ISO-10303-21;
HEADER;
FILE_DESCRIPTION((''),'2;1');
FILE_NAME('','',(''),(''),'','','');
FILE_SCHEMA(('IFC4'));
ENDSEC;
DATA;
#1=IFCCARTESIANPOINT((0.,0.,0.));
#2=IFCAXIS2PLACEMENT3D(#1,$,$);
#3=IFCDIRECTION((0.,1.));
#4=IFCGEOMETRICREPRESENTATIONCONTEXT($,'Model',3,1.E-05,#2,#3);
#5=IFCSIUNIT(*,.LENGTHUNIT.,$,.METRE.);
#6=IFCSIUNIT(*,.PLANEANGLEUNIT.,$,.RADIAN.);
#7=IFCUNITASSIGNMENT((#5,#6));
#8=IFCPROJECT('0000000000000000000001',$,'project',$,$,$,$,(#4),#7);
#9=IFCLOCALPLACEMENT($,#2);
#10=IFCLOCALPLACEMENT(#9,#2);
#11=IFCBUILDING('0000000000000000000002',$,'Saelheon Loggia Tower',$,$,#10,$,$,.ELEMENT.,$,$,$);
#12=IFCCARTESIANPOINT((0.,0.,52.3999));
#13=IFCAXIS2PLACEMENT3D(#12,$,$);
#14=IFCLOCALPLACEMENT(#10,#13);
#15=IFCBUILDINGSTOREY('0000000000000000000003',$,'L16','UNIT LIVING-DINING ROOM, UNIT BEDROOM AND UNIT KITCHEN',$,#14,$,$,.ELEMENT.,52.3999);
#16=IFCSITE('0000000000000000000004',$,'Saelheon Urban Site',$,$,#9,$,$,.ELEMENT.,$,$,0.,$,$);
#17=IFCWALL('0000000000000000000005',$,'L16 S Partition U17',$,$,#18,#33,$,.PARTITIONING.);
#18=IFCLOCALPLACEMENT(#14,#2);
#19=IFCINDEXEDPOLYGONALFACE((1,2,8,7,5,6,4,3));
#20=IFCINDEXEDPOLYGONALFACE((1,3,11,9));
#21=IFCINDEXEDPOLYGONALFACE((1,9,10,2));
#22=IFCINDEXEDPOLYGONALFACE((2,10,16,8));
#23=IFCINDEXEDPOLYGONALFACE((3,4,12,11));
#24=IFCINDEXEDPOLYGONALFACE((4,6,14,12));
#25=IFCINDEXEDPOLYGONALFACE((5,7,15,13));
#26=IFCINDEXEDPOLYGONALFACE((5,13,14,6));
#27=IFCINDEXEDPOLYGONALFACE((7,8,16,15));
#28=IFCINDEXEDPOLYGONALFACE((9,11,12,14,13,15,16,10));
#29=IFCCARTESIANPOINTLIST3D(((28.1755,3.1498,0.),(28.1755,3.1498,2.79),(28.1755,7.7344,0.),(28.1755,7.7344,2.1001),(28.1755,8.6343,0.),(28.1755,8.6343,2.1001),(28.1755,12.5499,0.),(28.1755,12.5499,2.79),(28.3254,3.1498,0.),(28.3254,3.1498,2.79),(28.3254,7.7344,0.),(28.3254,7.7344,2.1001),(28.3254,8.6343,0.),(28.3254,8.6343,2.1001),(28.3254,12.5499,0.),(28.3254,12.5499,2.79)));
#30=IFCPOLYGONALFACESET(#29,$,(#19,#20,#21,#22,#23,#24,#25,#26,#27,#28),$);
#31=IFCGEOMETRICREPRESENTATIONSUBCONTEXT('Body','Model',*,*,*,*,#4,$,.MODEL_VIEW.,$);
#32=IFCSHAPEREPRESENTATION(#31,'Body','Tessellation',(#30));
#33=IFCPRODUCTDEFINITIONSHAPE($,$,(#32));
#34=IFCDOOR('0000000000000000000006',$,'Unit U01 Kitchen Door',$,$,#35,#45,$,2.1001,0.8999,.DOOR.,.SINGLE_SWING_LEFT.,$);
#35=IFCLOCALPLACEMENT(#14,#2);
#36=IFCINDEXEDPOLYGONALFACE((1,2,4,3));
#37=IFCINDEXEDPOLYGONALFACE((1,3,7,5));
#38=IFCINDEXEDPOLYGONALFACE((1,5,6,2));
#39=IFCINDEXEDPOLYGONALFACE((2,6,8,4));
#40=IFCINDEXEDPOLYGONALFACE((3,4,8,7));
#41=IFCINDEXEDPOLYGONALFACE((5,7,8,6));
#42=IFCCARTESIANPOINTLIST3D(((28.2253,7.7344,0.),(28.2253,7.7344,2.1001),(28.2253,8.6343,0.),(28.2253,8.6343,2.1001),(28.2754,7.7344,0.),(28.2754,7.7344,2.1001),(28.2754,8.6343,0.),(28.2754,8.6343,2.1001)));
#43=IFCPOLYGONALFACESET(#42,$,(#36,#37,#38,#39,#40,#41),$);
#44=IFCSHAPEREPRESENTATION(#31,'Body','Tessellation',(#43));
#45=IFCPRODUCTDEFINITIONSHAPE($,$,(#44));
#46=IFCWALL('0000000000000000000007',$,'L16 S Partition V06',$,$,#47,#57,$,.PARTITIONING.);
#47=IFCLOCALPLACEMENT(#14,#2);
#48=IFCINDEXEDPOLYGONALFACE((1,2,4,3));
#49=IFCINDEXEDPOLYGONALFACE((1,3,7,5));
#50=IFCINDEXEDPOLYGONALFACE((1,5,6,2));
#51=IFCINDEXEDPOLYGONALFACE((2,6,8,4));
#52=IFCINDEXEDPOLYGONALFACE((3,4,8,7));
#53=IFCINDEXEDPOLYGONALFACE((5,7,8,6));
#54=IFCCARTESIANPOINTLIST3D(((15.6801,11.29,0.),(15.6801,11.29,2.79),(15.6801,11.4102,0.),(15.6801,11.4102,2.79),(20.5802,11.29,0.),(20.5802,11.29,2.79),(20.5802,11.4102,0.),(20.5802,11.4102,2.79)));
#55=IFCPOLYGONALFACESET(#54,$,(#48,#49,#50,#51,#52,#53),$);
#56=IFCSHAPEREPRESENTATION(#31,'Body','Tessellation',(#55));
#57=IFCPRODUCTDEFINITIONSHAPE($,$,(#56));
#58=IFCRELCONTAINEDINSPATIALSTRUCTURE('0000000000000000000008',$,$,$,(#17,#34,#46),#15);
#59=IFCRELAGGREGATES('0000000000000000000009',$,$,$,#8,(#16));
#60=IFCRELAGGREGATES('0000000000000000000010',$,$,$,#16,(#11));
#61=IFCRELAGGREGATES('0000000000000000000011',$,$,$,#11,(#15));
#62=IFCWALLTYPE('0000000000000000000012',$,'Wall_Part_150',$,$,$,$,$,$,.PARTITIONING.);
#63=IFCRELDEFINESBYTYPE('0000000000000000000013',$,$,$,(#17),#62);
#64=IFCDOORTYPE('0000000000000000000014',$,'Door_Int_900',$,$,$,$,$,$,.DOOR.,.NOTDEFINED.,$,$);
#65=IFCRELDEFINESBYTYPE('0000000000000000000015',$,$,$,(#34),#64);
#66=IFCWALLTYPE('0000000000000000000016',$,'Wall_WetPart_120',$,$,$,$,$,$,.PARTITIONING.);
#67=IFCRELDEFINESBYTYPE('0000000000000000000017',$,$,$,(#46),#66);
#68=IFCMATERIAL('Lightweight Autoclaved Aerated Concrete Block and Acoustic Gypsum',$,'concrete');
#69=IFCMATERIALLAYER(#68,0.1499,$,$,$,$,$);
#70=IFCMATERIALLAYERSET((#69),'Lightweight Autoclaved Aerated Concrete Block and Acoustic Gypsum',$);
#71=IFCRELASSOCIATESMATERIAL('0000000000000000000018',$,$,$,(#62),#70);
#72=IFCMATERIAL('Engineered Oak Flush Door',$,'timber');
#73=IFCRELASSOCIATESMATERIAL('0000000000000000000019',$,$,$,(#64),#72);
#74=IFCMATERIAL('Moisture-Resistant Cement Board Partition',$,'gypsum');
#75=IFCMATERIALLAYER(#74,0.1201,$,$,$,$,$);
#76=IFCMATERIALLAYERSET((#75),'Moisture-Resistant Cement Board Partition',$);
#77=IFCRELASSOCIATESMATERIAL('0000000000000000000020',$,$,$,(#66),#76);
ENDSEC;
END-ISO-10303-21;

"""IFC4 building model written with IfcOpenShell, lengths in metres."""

from ifc_helpers import new_model, si_unit, direction, frame, frame_2d, origin, place, context, subcontext, project, spatial, rectangle, extrude, source, transform, mapped, material, layer, layer_set, type_object, element, fill, save


model = new_model("IFC4")

# Units and contexts
model_context = context("Model", 3, precision=1e-05, world=origin(), true_north=direction((0.0, 1.0)))
body_context = subcontext(model_context, "Body", "Model", "MODEL_VIEW")
ifc_project = project(units=[si_unit("LENGTHUNIT", "METRE"), si_unit("PLANEANGLEUNIT", "RADIAN")], contexts=[model_context])

# Site, building, storey
site_placement = place(None, origin())
site = spatial("IfcSite", under=ifc_project, at=site_placement, Name="Saelheon Urban Site", CompositionType="ELEMENT", RefElevation=0.0)
building_placement = place(site_placement, origin())
building = spatial("IfcBuilding", under=site, at=building_placement, Name="Saelheon Loggia Tower", CompositionType="ELEMENT")
storey_placement = place(building_placement, frame((0.0, 0.0, 52.3999)))
storey = spatial("IfcBuildingStorey", under=building, at=storey_placement, Name="L16", Description="UNIT LIVING-DINING ROOM, UNIT BEDROOM AND UNIT KITCHEN", CompositionType="ELEMENT", Elevation=52.3999)

# Wall, opening, door
ifc_material_1 = material(Name="Lightweight Autoclaved Aerated Concrete Block and Acoustic Gypsum", Category="concrete")
ifc_layer_1 = layer(ifc_material_1, 0.1499)
ifc_layer_set_1 = layer_set([ifc_layer_1], Name="Lightweight Autoclaved Aerated Concrete Block and Acoustic Gypsum")
wall_type_1 = type_object("IfcWallType", Name="Wall_Part_150", PredefinedType="PARTITIONING", material=ifc_layer_set_1)
ifc_material_2 = material(Name="Engineered Oak Flush Door", Category="timber")
door_type = type_object("IfcDoorType", Name="Door_Int_900", OperationType="NOTDEFINED", PredefinedType="DOOR", material=ifc_material_2)
shared_shape_1 = source(origin(), body_context, "Body", "SweptSolid", [
    extrude(rectangle(XDim=0.8999, YDim=2.1001, at=frame_2d((0.45, 1.05))), frame((0.0, 0.0249, 0.0), z_axis=(0.0, -1.0, 0.0), x_axis=(1.0, 0.0, 0.0)), (0.0, 0.0, 1.0), 0.05),
])
wall_1_placement = place(storey_placement, frame((28.2505, 12.55, 0.0), z_axis=(0.0, 0.0, 1.0), x_axis=(0.0, -1.0, 0.0)))
wall_1 = element("IfcWall", 1, at=wall_1_placement, inside=storey, type_object=wall_type_1, Name="L16 S Partition U17", PredefinedType="PARTITIONING", context=body_context, shape_type="SweptSolid", body=[
    extrude(rectangle(XDim=9.4001, YDim=0.1499, at=frame_2d((4.7002, 0.0))), origin(), (0.0, 0.0, 1.0), 2.79),
])
opening_1_placement = place(wall_1_placement, frame((3.9158, 0.0, 0.0)))
opening_1 = element("IfcOpeningElement", 2, at=opening_1_placement, cuts=wall_1, PredefinedType="OPENING", context=body_context, shape_type="SweptSolid", body=[
    extrude(rectangle(XDim=0.8999, YDim=2.1001, at=frame_2d((0.45, 1.05))), frame((0.0, 0.0869, 0.0), z_axis=(0.0, -1.0, 0.0), x_axis=(1.0, 0.0, 0.0)), (0.0, 0.0, 1.0), 0.1738),
])
door_1_placement = place(opening_1_placement, origin())
door_1 = element("IfcDoor", 3, at=door_1_placement, inside=storey, type_object=door_type, Name="Unit U01 Kitchen Door", OperationType="SINGLE_SWING_LEFT", OverallHeight=2.1001, OverallWidth=0.8999, PredefinedType="DOOR", context=body_context, shape_type="MappedRepresentation", body=[
    mapped(shared_shape_1, transform((0.0, 0.0, 0.0), scale=1.0)),
])
fill(opening_1, door_1)

# Wall
ifc_material_3 = material(Name="Moisture-Resistant Cement Board Partition", Category="gypsum")
ifc_layer_2 = layer(ifc_material_3, 0.1201)
ifc_layer_set_2 = layer_set([ifc_layer_2], Name="Moisture-Resistant Cement Board Partition")
wall_type_2 = type_object("IfcWallType", Name="Wall_WetPart_120", PredefinedType="PARTITIONING", material=ifc_layer_set_2)
wall_2_placement = place(storey_placement, frame((15.6799, 11.3501, 0.0), z_axis=(0.0, 0.0, 1.0), x_axis=(1.0, 0.0, 0.0)))
element("IfcWall", 4, at=wall_2_placement, inside=storey, type_object=wall_type_2, Name="L16 S Partition V06", PredefinedType="PARTITIONING", context=body_context, shape_type="SweptSolid", body=[
    extrude(rectangle(XDim=4.9001, YDim=0.1201, at=frame_2d((2.4502, 0.0))), origin(), (0.0, 0.0, 1.0), 2.79),
])

save(model, "model.ifc")
